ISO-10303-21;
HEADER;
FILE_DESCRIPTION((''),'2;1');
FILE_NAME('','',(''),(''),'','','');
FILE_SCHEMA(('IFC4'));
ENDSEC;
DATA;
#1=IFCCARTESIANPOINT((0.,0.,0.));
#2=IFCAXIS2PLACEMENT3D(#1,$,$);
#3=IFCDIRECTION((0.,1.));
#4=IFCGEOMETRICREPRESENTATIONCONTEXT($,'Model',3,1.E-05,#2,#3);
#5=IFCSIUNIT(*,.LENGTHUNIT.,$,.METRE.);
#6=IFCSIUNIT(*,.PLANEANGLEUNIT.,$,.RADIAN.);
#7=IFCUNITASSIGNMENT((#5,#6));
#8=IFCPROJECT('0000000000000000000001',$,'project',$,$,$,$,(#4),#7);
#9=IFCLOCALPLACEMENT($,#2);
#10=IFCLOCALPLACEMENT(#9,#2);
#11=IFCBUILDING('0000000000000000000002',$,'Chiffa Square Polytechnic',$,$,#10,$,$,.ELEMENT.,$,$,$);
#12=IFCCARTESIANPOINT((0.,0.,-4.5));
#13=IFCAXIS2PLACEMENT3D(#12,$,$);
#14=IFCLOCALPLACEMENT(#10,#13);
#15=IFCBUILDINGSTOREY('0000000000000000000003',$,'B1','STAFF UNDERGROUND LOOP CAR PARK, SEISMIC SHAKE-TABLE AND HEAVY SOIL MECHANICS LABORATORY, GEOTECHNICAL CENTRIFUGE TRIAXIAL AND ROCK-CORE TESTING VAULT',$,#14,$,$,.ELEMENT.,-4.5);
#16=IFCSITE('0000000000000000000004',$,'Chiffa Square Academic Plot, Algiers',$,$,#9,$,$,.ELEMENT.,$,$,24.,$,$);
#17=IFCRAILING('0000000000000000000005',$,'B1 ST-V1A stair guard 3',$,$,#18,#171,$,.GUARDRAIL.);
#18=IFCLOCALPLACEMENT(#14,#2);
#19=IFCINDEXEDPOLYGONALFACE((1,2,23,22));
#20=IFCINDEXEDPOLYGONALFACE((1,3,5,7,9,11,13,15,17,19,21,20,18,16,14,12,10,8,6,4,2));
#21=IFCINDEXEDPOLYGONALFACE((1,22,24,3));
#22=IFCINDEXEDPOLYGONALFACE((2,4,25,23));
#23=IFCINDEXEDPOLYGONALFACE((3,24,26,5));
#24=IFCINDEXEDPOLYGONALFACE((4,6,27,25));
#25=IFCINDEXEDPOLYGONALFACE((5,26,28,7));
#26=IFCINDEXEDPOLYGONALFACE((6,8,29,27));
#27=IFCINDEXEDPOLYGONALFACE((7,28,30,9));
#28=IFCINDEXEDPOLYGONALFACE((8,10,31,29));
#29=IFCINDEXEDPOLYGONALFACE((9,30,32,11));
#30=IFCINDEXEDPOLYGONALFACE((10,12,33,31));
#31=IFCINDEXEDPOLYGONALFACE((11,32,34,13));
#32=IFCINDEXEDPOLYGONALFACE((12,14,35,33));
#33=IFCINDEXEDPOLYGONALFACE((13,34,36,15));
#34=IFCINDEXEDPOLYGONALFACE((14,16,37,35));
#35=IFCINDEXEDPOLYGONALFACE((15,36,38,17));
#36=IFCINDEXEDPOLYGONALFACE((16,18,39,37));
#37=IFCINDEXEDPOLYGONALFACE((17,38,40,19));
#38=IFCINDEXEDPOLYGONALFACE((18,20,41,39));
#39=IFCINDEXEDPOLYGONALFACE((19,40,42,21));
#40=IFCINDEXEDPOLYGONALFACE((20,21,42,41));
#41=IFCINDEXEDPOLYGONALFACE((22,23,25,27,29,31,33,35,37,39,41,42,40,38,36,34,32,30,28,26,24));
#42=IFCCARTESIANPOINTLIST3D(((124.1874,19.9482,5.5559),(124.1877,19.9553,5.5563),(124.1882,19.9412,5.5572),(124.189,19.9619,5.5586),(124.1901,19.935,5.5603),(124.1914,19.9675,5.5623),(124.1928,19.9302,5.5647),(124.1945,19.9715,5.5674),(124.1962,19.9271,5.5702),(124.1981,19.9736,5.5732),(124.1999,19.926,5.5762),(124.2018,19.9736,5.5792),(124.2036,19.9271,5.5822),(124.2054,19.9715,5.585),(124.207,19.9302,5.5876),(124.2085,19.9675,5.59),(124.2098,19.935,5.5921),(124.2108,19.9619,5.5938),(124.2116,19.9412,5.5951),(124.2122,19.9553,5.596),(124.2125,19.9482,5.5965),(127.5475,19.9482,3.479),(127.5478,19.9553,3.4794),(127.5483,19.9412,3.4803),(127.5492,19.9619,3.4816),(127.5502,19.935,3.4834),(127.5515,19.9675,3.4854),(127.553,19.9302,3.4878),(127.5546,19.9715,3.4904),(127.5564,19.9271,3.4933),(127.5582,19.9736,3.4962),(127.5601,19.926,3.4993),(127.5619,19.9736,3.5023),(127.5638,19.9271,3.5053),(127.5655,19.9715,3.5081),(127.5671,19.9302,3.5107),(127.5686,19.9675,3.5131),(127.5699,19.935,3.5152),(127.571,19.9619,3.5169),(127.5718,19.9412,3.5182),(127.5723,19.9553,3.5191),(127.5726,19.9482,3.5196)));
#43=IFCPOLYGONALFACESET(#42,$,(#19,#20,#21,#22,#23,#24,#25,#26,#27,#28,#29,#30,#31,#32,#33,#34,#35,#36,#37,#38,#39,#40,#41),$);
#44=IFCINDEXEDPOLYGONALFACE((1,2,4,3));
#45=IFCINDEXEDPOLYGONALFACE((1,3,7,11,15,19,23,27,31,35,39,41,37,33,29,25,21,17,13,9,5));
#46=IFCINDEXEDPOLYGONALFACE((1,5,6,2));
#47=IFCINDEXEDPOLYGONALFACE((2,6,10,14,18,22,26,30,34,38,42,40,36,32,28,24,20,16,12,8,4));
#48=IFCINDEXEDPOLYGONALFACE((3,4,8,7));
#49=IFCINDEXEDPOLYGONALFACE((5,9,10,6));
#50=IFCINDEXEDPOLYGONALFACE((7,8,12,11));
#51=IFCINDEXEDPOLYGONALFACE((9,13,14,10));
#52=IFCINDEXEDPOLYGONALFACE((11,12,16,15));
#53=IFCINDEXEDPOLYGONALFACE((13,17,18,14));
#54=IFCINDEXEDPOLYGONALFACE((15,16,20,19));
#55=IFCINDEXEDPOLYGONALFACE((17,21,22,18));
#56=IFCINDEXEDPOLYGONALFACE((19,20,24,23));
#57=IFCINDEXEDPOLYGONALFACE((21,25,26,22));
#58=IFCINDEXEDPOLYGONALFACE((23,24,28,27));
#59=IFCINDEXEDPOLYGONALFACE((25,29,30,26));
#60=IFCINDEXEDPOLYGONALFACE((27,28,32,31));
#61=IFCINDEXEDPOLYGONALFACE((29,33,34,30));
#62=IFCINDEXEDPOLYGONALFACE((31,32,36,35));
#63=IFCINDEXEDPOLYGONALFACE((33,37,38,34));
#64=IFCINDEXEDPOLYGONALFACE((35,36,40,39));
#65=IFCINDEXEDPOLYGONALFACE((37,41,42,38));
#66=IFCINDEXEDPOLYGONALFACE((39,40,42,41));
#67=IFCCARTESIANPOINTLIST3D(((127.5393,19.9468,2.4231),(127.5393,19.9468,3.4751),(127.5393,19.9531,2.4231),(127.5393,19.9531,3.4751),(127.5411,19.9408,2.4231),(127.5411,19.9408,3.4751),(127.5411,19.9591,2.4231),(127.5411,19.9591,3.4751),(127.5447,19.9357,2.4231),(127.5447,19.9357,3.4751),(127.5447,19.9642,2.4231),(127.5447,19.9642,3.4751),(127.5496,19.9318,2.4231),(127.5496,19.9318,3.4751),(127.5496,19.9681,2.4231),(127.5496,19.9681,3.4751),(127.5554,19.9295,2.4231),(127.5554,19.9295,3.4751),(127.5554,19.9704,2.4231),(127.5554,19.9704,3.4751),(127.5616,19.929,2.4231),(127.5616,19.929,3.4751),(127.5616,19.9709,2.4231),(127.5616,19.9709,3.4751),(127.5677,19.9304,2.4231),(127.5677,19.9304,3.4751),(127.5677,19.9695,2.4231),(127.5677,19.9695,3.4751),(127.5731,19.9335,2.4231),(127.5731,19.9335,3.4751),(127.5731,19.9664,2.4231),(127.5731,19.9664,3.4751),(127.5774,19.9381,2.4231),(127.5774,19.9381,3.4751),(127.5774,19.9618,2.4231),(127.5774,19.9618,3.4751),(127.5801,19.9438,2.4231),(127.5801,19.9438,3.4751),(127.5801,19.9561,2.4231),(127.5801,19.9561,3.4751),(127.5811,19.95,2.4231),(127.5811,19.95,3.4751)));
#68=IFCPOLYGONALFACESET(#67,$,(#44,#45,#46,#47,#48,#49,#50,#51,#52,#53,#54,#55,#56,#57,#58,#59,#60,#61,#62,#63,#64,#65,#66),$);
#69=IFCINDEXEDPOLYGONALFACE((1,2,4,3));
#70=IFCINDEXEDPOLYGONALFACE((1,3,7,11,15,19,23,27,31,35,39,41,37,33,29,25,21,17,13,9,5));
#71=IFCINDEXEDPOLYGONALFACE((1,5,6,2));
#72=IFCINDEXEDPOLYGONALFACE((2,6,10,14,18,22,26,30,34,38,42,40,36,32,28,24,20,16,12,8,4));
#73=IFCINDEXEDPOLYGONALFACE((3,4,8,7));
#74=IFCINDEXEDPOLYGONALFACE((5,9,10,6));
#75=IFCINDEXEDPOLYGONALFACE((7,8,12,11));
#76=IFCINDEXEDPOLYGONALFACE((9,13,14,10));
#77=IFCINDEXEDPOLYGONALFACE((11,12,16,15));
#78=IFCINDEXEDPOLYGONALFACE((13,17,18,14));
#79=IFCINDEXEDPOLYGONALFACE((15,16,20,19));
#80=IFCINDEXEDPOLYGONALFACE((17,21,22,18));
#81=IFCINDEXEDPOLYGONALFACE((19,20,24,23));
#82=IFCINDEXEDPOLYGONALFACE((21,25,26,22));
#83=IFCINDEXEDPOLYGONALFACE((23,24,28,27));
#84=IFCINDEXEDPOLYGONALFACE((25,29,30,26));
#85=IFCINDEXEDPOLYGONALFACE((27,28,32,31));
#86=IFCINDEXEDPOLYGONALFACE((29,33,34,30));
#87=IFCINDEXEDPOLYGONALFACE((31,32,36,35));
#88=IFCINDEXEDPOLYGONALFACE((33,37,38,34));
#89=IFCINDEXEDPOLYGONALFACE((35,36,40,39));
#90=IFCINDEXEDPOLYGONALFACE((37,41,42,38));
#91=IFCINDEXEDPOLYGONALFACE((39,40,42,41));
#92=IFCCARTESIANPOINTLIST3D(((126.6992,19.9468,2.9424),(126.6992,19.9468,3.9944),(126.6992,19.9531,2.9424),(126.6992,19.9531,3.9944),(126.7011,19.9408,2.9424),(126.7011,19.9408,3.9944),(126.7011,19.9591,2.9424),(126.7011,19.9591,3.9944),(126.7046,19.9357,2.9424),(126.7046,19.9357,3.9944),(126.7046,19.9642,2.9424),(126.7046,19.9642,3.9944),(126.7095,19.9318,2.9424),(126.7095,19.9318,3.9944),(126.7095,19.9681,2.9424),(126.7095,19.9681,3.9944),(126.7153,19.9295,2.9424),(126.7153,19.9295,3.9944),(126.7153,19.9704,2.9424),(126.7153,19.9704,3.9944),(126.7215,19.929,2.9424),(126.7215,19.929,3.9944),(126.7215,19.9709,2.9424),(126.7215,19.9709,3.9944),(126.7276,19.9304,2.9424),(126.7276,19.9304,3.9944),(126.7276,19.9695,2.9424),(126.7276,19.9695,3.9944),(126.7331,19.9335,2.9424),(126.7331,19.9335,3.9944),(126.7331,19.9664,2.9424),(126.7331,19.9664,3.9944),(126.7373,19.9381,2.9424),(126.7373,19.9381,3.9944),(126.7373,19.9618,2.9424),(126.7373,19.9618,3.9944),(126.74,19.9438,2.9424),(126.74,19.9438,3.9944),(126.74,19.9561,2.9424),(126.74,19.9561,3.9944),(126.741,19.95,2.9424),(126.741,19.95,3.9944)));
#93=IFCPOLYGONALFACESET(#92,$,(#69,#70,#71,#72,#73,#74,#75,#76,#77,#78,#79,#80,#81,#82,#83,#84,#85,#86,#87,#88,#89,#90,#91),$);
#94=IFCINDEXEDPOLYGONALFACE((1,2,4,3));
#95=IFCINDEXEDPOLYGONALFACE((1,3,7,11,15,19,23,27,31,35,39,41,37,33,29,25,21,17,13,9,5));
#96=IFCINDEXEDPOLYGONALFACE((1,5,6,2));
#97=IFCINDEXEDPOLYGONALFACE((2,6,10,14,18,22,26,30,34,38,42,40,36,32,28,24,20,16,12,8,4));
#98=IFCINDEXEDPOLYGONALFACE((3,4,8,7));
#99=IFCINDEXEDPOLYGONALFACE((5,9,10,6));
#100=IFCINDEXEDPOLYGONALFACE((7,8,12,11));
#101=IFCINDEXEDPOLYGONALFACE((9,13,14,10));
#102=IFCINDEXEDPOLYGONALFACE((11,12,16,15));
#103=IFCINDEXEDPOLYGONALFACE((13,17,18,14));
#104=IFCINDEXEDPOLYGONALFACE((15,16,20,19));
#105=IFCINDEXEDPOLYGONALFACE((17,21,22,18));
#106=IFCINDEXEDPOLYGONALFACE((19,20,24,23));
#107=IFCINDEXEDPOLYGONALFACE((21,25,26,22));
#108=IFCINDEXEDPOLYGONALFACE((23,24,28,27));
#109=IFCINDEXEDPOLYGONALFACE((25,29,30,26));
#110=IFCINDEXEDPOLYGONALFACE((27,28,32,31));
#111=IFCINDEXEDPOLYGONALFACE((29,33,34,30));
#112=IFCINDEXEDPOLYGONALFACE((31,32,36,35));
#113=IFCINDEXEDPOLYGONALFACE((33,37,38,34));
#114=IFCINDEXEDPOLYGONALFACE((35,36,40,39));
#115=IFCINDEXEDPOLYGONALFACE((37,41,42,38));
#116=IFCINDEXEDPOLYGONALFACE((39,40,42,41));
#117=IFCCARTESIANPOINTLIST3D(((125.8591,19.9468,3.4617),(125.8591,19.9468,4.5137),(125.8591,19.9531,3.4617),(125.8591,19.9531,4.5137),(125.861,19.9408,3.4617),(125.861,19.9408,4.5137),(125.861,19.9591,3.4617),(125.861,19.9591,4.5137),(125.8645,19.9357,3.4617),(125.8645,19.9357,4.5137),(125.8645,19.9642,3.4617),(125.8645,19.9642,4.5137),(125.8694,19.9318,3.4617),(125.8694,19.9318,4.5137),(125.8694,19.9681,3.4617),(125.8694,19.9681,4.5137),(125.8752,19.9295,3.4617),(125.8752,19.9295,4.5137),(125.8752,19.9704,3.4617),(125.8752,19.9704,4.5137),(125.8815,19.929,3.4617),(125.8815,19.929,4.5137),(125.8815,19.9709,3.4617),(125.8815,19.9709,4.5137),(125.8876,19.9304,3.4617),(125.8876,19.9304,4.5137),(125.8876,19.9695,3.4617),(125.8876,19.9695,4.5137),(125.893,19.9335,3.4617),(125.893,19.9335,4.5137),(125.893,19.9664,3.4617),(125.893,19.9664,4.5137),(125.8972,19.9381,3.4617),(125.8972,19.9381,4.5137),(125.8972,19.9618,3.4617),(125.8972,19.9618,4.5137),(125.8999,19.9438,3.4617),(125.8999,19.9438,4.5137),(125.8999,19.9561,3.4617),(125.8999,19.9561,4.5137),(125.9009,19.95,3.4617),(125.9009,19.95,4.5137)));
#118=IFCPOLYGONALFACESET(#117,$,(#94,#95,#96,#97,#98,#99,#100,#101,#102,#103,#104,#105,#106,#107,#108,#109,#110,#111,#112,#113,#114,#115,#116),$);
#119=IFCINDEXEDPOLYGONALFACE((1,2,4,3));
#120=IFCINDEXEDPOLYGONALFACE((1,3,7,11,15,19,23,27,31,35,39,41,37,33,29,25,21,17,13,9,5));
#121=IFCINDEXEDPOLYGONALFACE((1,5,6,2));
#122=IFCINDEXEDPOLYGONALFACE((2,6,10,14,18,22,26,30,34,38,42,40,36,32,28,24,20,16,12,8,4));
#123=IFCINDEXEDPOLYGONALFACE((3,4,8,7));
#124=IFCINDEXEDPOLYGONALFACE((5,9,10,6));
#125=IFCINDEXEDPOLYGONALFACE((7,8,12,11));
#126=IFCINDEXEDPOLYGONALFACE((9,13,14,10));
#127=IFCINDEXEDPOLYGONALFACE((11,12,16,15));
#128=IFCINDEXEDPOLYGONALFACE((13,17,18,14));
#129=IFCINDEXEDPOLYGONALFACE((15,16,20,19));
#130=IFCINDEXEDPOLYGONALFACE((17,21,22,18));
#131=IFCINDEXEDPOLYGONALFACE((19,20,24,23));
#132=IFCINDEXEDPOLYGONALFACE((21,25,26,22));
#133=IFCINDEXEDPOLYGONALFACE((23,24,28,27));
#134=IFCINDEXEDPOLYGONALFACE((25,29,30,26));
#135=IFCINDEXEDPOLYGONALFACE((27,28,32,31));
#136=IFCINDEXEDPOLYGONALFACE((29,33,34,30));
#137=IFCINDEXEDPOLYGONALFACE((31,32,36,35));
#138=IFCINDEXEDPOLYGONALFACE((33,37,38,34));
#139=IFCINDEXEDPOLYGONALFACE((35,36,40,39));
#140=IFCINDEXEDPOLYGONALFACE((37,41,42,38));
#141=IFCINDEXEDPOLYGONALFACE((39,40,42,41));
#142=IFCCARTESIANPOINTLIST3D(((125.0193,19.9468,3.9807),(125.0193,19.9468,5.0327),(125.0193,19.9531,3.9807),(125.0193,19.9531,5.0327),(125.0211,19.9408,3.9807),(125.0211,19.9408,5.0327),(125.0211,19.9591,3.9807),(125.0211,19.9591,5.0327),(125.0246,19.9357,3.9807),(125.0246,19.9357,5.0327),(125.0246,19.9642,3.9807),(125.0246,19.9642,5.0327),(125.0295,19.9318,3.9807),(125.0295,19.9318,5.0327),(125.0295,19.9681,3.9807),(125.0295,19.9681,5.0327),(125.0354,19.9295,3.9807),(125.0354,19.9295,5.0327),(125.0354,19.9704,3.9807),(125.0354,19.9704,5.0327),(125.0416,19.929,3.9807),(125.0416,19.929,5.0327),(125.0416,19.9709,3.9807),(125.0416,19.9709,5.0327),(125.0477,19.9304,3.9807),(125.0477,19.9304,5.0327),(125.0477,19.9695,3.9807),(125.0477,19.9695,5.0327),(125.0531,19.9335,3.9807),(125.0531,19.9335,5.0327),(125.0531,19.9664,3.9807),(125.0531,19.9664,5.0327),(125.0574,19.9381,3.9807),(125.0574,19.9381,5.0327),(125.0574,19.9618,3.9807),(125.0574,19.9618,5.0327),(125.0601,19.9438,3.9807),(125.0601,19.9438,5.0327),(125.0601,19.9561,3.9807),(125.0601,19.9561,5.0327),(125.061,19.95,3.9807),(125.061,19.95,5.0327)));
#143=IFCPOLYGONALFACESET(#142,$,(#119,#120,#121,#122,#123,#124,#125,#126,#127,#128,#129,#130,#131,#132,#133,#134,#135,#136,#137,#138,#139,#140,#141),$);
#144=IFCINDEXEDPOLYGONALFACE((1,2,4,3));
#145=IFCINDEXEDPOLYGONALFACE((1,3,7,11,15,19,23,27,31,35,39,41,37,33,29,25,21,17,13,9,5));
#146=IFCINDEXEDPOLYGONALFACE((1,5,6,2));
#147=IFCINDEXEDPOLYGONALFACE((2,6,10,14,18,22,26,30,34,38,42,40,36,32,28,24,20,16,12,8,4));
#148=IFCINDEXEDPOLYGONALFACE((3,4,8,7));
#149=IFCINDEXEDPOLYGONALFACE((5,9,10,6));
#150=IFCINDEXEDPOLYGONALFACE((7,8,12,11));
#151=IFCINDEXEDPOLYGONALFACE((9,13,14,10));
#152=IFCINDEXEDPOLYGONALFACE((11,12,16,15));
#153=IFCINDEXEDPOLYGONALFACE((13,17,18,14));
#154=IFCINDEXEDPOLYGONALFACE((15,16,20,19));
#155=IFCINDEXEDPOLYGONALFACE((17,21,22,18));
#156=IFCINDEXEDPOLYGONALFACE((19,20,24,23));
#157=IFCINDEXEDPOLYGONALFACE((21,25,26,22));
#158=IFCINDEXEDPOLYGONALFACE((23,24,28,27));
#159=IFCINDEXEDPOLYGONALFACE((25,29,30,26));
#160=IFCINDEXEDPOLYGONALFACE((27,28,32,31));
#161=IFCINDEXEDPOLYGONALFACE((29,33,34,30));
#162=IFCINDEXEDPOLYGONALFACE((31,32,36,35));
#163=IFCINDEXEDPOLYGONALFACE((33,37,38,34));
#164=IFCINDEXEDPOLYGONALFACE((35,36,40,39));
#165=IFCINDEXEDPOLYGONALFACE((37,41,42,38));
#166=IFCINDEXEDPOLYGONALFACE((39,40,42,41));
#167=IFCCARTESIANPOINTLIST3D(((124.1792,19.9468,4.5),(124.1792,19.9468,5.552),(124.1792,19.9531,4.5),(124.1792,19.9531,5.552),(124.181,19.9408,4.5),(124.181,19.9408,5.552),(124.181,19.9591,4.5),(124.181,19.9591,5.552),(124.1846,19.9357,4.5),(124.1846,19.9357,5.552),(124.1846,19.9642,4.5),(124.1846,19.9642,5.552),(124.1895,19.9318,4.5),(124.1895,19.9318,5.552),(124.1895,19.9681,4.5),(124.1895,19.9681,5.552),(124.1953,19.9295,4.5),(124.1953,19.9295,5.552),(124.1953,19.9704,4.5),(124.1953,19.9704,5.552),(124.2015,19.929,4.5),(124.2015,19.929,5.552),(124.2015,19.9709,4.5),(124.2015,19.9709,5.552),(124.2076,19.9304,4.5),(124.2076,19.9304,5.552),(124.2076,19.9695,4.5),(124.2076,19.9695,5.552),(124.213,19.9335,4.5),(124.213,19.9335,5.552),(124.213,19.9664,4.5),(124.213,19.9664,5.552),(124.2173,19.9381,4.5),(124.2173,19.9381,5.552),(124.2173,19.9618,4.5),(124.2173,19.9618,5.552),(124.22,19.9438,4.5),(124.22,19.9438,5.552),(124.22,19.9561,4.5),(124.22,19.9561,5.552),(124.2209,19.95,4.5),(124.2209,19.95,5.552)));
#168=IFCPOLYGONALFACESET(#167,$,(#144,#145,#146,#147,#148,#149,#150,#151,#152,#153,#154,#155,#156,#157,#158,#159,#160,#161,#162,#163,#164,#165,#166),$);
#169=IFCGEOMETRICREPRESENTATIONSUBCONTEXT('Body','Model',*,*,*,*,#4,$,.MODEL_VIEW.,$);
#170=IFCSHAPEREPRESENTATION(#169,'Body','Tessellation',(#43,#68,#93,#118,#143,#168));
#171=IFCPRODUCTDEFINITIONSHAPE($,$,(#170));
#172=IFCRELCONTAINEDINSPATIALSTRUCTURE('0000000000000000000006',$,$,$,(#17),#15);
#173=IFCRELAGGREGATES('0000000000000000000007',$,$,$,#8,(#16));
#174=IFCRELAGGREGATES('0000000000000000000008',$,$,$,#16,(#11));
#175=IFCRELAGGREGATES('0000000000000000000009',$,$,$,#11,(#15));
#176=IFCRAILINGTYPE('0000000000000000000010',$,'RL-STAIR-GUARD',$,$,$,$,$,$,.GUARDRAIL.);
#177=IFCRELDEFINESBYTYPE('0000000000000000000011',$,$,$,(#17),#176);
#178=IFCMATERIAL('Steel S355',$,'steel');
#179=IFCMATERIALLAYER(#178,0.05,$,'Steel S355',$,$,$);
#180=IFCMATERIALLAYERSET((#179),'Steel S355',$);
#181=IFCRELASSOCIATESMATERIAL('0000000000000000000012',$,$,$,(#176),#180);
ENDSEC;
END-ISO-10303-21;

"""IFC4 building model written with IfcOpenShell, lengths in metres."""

from ifc_helpers import new_model, si_unit, direction, frame, origin, origin_2d, place, context, subcontext, project, spatial, circle, extrude, material, layer, layer_set, type_object, element, save


model = new_model("IFC4")

# Units and contexts
model_context = context("Model", 3, precision=1e-05, world=origin(), true_north=direction((0.0, 1.0)))
body_context = subcontext(model_context, "Body", "Model", "MODEL_VIEW")
ifc_project = project(units=[si_unit("LENGTHUNIT", "METRE"), si_unit("PLANEANGLEUNIT", "RADIAN")], contexts=[model_context])

# Site, building, storey
site_placement = place(None, origin())
site = spatial("IfcSite", under=ifc_project, at=site_placement, Name="Chiffa Square Academic Plot, Algiers", CompositionType="ELEMENT", RefElevation=24.0)
building_placement = place(site_placement, origin())
building = spatial("IfcBuilding", under=site, at=building_placement, Name="Chiffa Square Polytechnic", CompositionType="ELEMENT")
storey_placement = place(building_placement, frame((0.0, 0.0, -4.5)))
storey = spatial("IfcBuildingStorey", under=building, at=storey_placement, Name="B1", Description="STAFF UNDERGROUND LOOP CAR PARK, SEISMIC SHAKE-TABLE AND HEAVY SOIL MECHANICS LABORATORY, GEOTECHNICAL CENTRIFUGE TRIAXIAL AND ROCK-CORE TESTING VAULT", CompositionType="ELEMENT", Elevation=-4.5)

# Railing
ifc_material_1 = material(Name="Steel S355", Category="steel")
ifc_layer_1 = layer(ifc_material_1, 0.05, Name="Steel S355")
ifc_layer_set_1 = layer_set([ifc_layer_1], Name="Steel S355")
railing_type_1 = type_object("IfcRailingType", Name="RL-STAIR-GUARD", PredefinedType="GUARDRAIL", material=ifc_layer_set_1)
railing_1_placement = place(storey_placement, frame((127.5601, 19.95, 2.4231)))
element("IfcRailing", 1, at=railing_1_placement, inside=storey, type_object=railing_type_1, Name="B1 ST-V1A stair guard 3", PredefinedType="GUARDRAIL", context=body_context, shape_type="SweptSolid", body=[
    extrude(circle(Radius=0.0239, at=origin_2d()), frame((0.0, 0.0, 1.0762), z_axis=(-0.850623, 0.0, 0.525776), x_axis=(0.0, -1.0, 0.0)), (0.0, 0.0, 1.0), 3.9502),
    extrude(circle(Radius=0.021, at=origin_2d()), origin(), (0.0, 0.0, 1.0), 1.052),
    extrude(circle(Radius=0.021, at=origin_2d()), frame((-0.8401, 0.0, 0.5193)), (0.0, 0.0, 1.0), 1.052),
    extrude(circle(Radius=0.021, at=origin_2d()), frame((-1.6802, 0.0, 1.0386)), (0.0, 0.0, 1.0), 1.052),
    extrude(circle(Radius=0.021, at=origin_2d()), frame((-2.52, 0.0, 1.5576)), (0.0, 0.0, 1.0), 1.052),
    extrude(circle(Radius=0.021, at=origin_2d()), frame((-3.3601, 0.0, 2.0769)), (0.0, 0.0, 1.0), 1.052),
])

save(model, "model.ifc")
